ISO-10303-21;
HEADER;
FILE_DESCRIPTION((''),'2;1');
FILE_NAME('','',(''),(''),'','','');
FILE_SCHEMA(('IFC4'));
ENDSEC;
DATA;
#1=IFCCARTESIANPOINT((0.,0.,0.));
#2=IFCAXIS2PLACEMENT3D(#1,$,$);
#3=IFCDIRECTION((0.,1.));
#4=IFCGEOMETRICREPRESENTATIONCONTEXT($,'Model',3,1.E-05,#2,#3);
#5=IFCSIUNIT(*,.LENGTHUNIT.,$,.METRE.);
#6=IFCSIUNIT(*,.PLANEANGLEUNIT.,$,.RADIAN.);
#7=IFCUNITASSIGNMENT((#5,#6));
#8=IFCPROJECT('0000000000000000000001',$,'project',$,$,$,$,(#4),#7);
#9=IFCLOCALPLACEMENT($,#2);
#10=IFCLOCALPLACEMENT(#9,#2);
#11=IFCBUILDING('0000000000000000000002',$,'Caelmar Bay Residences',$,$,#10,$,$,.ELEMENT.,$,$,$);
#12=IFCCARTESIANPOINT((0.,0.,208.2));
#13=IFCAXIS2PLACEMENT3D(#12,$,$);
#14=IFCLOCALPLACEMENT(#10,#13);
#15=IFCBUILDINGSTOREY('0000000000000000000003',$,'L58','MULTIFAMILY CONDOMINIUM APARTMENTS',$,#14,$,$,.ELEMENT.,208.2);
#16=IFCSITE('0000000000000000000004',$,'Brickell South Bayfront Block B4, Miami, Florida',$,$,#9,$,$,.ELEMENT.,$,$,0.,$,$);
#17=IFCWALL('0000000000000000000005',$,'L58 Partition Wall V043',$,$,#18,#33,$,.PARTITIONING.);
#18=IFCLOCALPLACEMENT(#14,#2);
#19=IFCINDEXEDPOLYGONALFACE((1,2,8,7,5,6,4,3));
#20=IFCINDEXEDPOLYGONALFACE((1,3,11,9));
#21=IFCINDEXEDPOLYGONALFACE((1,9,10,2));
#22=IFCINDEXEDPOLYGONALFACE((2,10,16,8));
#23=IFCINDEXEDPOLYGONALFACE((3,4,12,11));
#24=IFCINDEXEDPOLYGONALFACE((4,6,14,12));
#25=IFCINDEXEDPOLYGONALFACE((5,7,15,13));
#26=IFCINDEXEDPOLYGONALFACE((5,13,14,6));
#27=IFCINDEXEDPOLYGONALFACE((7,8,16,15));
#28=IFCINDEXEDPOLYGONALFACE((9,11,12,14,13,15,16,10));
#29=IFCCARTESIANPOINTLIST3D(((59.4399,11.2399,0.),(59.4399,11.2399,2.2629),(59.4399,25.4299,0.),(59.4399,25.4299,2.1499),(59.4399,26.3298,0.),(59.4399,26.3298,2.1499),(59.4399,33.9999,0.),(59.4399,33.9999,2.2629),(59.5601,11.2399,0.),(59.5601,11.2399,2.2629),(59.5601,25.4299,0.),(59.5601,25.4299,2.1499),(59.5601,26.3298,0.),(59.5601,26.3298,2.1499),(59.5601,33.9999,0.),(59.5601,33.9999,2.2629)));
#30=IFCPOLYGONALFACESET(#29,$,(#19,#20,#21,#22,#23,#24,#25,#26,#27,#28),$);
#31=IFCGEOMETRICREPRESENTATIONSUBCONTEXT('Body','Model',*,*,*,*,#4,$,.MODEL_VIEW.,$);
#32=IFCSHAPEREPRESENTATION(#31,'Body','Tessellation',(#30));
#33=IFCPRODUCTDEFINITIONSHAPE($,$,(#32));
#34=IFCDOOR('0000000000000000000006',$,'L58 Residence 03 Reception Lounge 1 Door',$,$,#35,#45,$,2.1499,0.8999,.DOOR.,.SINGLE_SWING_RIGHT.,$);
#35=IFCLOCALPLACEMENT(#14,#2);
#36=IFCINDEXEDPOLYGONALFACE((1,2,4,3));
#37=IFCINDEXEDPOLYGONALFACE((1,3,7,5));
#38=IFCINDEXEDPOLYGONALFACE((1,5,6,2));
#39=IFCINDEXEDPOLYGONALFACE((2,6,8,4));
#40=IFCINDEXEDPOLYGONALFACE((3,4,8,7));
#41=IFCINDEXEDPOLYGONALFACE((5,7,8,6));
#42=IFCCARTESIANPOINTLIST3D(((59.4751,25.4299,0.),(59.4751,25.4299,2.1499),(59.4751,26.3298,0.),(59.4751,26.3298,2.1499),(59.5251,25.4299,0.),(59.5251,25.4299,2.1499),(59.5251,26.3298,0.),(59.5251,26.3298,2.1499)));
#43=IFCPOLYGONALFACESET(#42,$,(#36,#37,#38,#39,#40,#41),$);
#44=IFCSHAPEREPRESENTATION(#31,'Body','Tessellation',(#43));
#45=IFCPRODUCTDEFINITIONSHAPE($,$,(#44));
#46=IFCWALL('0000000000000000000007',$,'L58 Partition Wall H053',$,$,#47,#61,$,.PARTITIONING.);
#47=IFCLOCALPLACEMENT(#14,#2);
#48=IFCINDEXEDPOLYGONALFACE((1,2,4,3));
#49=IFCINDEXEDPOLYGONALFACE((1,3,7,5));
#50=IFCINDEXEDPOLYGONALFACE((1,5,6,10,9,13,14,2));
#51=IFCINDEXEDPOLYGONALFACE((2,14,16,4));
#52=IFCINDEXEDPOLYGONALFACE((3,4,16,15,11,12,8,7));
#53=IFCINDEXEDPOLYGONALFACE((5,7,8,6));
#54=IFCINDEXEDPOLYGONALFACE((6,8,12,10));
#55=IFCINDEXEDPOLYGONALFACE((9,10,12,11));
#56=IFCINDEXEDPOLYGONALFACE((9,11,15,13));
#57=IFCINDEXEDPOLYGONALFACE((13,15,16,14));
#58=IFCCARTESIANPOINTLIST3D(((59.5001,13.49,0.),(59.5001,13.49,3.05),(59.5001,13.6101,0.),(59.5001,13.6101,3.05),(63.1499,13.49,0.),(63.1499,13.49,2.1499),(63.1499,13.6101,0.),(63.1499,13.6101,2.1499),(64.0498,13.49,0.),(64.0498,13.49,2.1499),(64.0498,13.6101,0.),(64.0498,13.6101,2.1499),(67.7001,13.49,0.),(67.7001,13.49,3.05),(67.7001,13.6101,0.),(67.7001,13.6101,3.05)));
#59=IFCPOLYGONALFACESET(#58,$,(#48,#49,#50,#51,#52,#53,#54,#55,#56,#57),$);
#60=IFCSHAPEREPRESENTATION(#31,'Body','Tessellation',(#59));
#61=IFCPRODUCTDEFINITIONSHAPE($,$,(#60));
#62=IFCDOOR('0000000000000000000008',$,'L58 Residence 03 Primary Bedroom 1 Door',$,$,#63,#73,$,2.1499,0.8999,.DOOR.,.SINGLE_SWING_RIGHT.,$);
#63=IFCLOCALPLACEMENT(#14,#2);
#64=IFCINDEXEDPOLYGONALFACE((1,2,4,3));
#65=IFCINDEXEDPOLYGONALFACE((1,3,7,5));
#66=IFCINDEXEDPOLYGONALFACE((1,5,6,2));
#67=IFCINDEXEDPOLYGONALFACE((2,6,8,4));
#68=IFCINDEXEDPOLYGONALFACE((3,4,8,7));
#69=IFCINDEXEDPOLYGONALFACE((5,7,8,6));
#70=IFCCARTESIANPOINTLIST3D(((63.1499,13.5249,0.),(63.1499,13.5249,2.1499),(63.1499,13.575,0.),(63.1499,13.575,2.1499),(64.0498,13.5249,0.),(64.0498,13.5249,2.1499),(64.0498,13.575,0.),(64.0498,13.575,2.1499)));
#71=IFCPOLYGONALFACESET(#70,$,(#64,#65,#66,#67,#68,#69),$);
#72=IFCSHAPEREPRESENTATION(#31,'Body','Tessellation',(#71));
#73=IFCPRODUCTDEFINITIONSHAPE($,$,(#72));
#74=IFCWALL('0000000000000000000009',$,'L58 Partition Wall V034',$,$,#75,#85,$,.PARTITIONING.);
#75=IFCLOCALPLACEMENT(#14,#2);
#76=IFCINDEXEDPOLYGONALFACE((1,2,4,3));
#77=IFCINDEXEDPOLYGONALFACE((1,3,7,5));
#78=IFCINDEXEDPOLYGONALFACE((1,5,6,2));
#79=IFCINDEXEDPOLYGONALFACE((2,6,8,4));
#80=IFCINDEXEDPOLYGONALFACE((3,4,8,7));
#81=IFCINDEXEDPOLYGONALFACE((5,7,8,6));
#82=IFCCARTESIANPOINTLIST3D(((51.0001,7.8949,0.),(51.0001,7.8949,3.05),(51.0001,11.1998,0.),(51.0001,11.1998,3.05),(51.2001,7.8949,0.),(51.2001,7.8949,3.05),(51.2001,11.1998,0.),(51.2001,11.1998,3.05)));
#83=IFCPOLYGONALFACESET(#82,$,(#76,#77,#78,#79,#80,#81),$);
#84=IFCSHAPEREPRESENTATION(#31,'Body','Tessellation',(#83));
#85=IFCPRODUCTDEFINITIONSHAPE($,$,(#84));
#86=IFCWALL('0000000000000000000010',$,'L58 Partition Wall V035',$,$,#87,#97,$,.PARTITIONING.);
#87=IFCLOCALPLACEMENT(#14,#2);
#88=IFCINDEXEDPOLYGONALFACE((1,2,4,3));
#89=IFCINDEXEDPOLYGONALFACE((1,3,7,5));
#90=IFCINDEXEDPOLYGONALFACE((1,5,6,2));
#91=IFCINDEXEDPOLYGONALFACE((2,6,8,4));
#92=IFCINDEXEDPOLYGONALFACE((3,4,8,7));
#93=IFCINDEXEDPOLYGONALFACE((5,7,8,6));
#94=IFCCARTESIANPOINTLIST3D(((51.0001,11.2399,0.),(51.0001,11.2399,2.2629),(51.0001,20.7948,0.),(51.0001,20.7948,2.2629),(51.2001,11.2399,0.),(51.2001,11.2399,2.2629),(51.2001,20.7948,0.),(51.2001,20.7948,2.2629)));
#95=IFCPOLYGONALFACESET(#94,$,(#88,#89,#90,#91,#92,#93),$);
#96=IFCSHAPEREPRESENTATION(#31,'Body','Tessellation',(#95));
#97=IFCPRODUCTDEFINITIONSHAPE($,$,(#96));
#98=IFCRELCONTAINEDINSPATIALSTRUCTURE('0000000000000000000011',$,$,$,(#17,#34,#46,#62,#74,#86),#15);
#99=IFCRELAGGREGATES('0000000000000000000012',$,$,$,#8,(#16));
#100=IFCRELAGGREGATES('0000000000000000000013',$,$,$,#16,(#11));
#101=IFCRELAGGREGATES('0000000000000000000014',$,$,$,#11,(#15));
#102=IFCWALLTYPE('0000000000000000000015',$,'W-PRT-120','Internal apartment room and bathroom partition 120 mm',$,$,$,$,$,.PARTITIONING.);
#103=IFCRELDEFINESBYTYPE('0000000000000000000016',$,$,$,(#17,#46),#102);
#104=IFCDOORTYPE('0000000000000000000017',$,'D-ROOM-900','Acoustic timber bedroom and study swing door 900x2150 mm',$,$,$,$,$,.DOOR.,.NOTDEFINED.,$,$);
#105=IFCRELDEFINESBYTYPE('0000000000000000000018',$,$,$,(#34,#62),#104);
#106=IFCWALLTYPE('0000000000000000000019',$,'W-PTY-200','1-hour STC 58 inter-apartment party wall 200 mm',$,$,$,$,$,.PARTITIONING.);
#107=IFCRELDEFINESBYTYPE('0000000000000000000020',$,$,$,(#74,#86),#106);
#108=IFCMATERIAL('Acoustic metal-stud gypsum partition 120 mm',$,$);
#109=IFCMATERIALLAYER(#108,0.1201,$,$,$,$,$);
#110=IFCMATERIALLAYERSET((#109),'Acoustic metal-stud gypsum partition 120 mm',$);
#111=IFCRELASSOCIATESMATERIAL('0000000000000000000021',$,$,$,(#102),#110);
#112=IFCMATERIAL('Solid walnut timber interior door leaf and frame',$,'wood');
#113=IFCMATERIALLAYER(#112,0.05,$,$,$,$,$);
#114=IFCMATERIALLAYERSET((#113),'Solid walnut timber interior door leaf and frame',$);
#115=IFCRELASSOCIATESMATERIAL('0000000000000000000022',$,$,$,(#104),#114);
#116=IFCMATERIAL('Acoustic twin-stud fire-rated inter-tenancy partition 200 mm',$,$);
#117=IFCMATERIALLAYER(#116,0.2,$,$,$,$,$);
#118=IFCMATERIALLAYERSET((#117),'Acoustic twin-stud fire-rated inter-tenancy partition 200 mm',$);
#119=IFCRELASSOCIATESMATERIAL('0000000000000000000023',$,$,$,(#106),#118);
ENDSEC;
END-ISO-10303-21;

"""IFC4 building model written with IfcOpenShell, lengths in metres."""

from ifc_helpers import new_model, si_unit, direction, frame, frame_2d, origin, place, context, subcontext, project, spatial, rectangle, extrude, material, layer, layer_set, type_object, element, fill, save


model = new_model("IFC4")

# Units and contexts
model_context = context("Model", 3, precision=1e-05, world=origin(), true_north=direction((0.0, 1.0)))
body_context = subcontext(model_context, "Body", "Model", "MODEL_VIEW")
ifc_project = project(units=[si_unit("LENGTHUNIT", "METRE"), si_unit("PLANEANGLEUNIT", "RADIAN")], contexts=[model_context])

# Site, building, storey
site_placement = place(None, origin())
site = spatial("IfcSite", under=ifc_project, at=site_placement, Name="Brickell South Bayfront Block B4, Miami, Florida", CompositionType="ELEMENT", RefElevation=0.0)
building_placement = place(site_placement, origin())
building = spatial("IfcBuilding", under=site, at=building_placement, Name="Caelmar Bay Residences", CompositionType="ELEMENT")
storey_placement = place(building_placement, frame((0.0, 0.0, 208.2)))
storey = spatial("IfcBuildingStorey", under=building, at=storey_placement, Name="L58", Description="MULTIFAMILY CONDOMINIUM APARTMENTS", CompositionType="ELEMENT", Elevation=208.2)

# Shared definitions
ifc_material_1 = material(Name="Acoustic metal-stud gypsum partition 120 mm")
ifc_layer_1 = layer(ifc_material_1, 0.1201)
ifc_layer_set_1 = layer_set([ifc_layer_1], Name="Acoustic metal-stud gypsum partition 120 mm")
wall_type_1 = type_object("IfcWallType", Name="W-PRT-120", Description="Internal apartment room and bathroom partition 120 mm", PredefinedType="PARTITIONING", material=ifc_layer_set_1)

# Walls, openings, doors
wall_1_placement = place(storey_placement, frame((59.5, 11.24, 0.0), z_axis=(0.0, 0.0, 1.0), x_axis=(0.0, 1.0, 0.0)))
wall_1 = element("IfcWall", 1, at=wall_1_placement, inside=storey, type_object=wall_type_1, Name="L58 Partition Wall V043", PredefinedType="PARTITIONING", context=body_context, shape_type="SweptSolid", body=[
    extrude(rectangle(XDim=22.76, YDim=0.1201, at=frame_2d((11.3799, 0.0))), origin(), (0.0, 0.0, 1.0), 2.2629),
])
opening_1_placement = place(wall_1_placement, frame((14.1899, 0.0, 0.0)))
opening_1 = element("IfcOpeningElement", 2, at=opening_1_placement, cuts=wall_1, PredefinedType="OPENING", context=body_context, shape_type="SweptSolid", body=[
    extrude(rectangle(XDim=0.8999, YDim=2.1499, at=frame_2d((0.45, 1.075))), frame((0.0, 0.0701, 0.0), z_axis=(0.0, -1.0, 0.0), x_axis=(1.0, 0.0, 0.0)), (0.0, 0.0, 1.0), 0.1401),
])
ifc_material_2 = material(Name="Solid walnut timber interior door leaf and frame", Category="wood")
ifc_layer_2 = layer(ifc_material_2, 0.05)
ifc_layer_set_2 = layer_set([ifc_layer_2], Name="Solid walnut timber interior door leaf and frame")
door_type = type_object("IfcDoorType", Name="D-ROOM-900", Description="Acoustic timber bedroom and study swing door 900x2150 mm", OperationType="NOTDEFINED", PredefinedType="DOOR", material=ifc_layer_set_2)
door_1_placement = place(opening_1_placement, origin())
door_1 = element("IfcDoor", 3, at=door_1_placement, inside=storey, type_object=door_type, Name="L58 Residence 03 Reception Lounge 1 Door", OperationType="SINGLE_SWING_RIGHT", OverallHeight=2.1499, OverallWidth=0.8999, PredefinedType="DOOR", context=body_context, shape_type="SweptSolid", body=[
    extrude(rectangle(XDim=0.8999, YDim=2.1499, at=frame_2d((0.45, 1.075))), frame((0.0, 0.0249, 0.0), z_axis=(0.0, -1.0, 0.0), x_axis=(1.0, 0.0, 0.0)), (0.0, 0.0, 1.0), 0.05),
])
fill(opening_1, door_1)
wall_2_placement = place(storey_placement, frame((59.5, 13.55, 0.0), z_axis=(0.0, 0.0, 1.0), x_axis=(1.0, 0.0, 0.0)))
wall_2 = element("IfcWall", 4, at=wall_2_placement, inside=storey, type_object=wall_type_1, Name="L58 Partition Wall H053", PredefinedType="PARTITIONING", context=body_context, shape_type="SweptSolid", body=[
    extrude(rectangle(XDim=8.2, YDim=0.1201, at=frame_2d((4.1001, 0.0))), origin(), (0.0, 0.0, 1.0), 3.05),
])
opening_2_placement = place(wall_2_placement, frame((3.6499, 0.0, 0.0)))
opening_2 = element("IfcOpeningElement", 5, at=opening_2_placement, cuts=wall_2, PredefinedType="OPENING", context=body_context, shape_type="SweptSolid", body=[
    extrude(rectangle(XDim=0.8999, YDim=2.1499, at=frame_2d((0.45, 1.075))), frame((0.0, 0.0701, 0.0), z_axis=(0.0, -1.0, 0.0), x_axis=(1.0, 0.0, 0.0)), (0.0, 0.0, 1.0), 0.1401),
])
door_2_placement = place(opening_2_placement, origin())
door_2 = element("IfcDoor", 6, at=door_2_placement, inside=storey, type_object=door_type, Name="L58 Residence 03 Primary Bedroom 1 Door", OperationType="SINGLE_SWING_RIGHT", OverallHeight=2.1499, OverallWidth=0.8999, PredefinedType="DOOR", context=body_context, shape_type="SweptSolid", body=[
    extrude(rectangle(XDim=0.8999, YDim=2.1499, at=frame_2d((0.45, 1.075))), frame((0.0, 0.0249, 0.0), z_axis=(0.0, -1.0, 0.0), x_axis=(1.0, 0.0, 0.0)), (0.0, 0.0, 1.0), 0.05),
])
fill(opening_2, door_2)

# Walls
ifc_material_3 = material(Name="Acoustic twin-stud fire-rated inter-tenancy partition 200 mm")
ifc_layer_3 = layer(ifc_material_3, 0.2)
ifc_layer_set_3 = layer_set([ifc_layer_3], Name="Acoustic twin-stud fire-rated inter-tenancy partition 200 mm")
wall_type_2 = type_object("IfcWallType", Name="W-PTY-200", Description="1-hour STC 58 inter-apartment party wall 200 mm", PredefinedType="PARTITIONING", material=ifc_layer_set_3)
wall_3_placement = place(storey_placement, frame((51.1001, 7.895, 0.0), z_axis=(0.0, 0.0, 1.0), x_axis=(0.0, 1.0, 0.0)))
element("IfcWall", 7, at=wall_3_placement, inside=storey, type_object=wall_type_2, Name="L58 Partition Wall V034", PredefinedType="PARTITIONING", context=body_context, shape_type="SweptSolid", body=[
    extrude(rectangle(XDim=3.3049, YDim=0.2, at=frame_2d((1.6523, 0.0))), origin(), (0.0, 0.0, 1.0), 3.05),
])
wall_4_placement = place(storey_placement, frame((51.1001, 11.24, 0.0), z_axis=(0.0, 0.0, 1.0), x_axis=(0.0, 1.0, 0.0)))
element("IfcWall", 8, at=wall_4_placement, inside=storey, type_object=wall_type_2, Name="L58 Partition Wall V035", PredefinedType="PARTITIONING", context=body_context, shape_type="SweptSolid", body=[
    extrude(rectangle(XDim=9.5549, YDim=0.2, at=frame_2d((4.7773, 0.0))), origin(), (0.0, 0.0, 1.0), 2.2629),
])

save(model, "model.ifc")
